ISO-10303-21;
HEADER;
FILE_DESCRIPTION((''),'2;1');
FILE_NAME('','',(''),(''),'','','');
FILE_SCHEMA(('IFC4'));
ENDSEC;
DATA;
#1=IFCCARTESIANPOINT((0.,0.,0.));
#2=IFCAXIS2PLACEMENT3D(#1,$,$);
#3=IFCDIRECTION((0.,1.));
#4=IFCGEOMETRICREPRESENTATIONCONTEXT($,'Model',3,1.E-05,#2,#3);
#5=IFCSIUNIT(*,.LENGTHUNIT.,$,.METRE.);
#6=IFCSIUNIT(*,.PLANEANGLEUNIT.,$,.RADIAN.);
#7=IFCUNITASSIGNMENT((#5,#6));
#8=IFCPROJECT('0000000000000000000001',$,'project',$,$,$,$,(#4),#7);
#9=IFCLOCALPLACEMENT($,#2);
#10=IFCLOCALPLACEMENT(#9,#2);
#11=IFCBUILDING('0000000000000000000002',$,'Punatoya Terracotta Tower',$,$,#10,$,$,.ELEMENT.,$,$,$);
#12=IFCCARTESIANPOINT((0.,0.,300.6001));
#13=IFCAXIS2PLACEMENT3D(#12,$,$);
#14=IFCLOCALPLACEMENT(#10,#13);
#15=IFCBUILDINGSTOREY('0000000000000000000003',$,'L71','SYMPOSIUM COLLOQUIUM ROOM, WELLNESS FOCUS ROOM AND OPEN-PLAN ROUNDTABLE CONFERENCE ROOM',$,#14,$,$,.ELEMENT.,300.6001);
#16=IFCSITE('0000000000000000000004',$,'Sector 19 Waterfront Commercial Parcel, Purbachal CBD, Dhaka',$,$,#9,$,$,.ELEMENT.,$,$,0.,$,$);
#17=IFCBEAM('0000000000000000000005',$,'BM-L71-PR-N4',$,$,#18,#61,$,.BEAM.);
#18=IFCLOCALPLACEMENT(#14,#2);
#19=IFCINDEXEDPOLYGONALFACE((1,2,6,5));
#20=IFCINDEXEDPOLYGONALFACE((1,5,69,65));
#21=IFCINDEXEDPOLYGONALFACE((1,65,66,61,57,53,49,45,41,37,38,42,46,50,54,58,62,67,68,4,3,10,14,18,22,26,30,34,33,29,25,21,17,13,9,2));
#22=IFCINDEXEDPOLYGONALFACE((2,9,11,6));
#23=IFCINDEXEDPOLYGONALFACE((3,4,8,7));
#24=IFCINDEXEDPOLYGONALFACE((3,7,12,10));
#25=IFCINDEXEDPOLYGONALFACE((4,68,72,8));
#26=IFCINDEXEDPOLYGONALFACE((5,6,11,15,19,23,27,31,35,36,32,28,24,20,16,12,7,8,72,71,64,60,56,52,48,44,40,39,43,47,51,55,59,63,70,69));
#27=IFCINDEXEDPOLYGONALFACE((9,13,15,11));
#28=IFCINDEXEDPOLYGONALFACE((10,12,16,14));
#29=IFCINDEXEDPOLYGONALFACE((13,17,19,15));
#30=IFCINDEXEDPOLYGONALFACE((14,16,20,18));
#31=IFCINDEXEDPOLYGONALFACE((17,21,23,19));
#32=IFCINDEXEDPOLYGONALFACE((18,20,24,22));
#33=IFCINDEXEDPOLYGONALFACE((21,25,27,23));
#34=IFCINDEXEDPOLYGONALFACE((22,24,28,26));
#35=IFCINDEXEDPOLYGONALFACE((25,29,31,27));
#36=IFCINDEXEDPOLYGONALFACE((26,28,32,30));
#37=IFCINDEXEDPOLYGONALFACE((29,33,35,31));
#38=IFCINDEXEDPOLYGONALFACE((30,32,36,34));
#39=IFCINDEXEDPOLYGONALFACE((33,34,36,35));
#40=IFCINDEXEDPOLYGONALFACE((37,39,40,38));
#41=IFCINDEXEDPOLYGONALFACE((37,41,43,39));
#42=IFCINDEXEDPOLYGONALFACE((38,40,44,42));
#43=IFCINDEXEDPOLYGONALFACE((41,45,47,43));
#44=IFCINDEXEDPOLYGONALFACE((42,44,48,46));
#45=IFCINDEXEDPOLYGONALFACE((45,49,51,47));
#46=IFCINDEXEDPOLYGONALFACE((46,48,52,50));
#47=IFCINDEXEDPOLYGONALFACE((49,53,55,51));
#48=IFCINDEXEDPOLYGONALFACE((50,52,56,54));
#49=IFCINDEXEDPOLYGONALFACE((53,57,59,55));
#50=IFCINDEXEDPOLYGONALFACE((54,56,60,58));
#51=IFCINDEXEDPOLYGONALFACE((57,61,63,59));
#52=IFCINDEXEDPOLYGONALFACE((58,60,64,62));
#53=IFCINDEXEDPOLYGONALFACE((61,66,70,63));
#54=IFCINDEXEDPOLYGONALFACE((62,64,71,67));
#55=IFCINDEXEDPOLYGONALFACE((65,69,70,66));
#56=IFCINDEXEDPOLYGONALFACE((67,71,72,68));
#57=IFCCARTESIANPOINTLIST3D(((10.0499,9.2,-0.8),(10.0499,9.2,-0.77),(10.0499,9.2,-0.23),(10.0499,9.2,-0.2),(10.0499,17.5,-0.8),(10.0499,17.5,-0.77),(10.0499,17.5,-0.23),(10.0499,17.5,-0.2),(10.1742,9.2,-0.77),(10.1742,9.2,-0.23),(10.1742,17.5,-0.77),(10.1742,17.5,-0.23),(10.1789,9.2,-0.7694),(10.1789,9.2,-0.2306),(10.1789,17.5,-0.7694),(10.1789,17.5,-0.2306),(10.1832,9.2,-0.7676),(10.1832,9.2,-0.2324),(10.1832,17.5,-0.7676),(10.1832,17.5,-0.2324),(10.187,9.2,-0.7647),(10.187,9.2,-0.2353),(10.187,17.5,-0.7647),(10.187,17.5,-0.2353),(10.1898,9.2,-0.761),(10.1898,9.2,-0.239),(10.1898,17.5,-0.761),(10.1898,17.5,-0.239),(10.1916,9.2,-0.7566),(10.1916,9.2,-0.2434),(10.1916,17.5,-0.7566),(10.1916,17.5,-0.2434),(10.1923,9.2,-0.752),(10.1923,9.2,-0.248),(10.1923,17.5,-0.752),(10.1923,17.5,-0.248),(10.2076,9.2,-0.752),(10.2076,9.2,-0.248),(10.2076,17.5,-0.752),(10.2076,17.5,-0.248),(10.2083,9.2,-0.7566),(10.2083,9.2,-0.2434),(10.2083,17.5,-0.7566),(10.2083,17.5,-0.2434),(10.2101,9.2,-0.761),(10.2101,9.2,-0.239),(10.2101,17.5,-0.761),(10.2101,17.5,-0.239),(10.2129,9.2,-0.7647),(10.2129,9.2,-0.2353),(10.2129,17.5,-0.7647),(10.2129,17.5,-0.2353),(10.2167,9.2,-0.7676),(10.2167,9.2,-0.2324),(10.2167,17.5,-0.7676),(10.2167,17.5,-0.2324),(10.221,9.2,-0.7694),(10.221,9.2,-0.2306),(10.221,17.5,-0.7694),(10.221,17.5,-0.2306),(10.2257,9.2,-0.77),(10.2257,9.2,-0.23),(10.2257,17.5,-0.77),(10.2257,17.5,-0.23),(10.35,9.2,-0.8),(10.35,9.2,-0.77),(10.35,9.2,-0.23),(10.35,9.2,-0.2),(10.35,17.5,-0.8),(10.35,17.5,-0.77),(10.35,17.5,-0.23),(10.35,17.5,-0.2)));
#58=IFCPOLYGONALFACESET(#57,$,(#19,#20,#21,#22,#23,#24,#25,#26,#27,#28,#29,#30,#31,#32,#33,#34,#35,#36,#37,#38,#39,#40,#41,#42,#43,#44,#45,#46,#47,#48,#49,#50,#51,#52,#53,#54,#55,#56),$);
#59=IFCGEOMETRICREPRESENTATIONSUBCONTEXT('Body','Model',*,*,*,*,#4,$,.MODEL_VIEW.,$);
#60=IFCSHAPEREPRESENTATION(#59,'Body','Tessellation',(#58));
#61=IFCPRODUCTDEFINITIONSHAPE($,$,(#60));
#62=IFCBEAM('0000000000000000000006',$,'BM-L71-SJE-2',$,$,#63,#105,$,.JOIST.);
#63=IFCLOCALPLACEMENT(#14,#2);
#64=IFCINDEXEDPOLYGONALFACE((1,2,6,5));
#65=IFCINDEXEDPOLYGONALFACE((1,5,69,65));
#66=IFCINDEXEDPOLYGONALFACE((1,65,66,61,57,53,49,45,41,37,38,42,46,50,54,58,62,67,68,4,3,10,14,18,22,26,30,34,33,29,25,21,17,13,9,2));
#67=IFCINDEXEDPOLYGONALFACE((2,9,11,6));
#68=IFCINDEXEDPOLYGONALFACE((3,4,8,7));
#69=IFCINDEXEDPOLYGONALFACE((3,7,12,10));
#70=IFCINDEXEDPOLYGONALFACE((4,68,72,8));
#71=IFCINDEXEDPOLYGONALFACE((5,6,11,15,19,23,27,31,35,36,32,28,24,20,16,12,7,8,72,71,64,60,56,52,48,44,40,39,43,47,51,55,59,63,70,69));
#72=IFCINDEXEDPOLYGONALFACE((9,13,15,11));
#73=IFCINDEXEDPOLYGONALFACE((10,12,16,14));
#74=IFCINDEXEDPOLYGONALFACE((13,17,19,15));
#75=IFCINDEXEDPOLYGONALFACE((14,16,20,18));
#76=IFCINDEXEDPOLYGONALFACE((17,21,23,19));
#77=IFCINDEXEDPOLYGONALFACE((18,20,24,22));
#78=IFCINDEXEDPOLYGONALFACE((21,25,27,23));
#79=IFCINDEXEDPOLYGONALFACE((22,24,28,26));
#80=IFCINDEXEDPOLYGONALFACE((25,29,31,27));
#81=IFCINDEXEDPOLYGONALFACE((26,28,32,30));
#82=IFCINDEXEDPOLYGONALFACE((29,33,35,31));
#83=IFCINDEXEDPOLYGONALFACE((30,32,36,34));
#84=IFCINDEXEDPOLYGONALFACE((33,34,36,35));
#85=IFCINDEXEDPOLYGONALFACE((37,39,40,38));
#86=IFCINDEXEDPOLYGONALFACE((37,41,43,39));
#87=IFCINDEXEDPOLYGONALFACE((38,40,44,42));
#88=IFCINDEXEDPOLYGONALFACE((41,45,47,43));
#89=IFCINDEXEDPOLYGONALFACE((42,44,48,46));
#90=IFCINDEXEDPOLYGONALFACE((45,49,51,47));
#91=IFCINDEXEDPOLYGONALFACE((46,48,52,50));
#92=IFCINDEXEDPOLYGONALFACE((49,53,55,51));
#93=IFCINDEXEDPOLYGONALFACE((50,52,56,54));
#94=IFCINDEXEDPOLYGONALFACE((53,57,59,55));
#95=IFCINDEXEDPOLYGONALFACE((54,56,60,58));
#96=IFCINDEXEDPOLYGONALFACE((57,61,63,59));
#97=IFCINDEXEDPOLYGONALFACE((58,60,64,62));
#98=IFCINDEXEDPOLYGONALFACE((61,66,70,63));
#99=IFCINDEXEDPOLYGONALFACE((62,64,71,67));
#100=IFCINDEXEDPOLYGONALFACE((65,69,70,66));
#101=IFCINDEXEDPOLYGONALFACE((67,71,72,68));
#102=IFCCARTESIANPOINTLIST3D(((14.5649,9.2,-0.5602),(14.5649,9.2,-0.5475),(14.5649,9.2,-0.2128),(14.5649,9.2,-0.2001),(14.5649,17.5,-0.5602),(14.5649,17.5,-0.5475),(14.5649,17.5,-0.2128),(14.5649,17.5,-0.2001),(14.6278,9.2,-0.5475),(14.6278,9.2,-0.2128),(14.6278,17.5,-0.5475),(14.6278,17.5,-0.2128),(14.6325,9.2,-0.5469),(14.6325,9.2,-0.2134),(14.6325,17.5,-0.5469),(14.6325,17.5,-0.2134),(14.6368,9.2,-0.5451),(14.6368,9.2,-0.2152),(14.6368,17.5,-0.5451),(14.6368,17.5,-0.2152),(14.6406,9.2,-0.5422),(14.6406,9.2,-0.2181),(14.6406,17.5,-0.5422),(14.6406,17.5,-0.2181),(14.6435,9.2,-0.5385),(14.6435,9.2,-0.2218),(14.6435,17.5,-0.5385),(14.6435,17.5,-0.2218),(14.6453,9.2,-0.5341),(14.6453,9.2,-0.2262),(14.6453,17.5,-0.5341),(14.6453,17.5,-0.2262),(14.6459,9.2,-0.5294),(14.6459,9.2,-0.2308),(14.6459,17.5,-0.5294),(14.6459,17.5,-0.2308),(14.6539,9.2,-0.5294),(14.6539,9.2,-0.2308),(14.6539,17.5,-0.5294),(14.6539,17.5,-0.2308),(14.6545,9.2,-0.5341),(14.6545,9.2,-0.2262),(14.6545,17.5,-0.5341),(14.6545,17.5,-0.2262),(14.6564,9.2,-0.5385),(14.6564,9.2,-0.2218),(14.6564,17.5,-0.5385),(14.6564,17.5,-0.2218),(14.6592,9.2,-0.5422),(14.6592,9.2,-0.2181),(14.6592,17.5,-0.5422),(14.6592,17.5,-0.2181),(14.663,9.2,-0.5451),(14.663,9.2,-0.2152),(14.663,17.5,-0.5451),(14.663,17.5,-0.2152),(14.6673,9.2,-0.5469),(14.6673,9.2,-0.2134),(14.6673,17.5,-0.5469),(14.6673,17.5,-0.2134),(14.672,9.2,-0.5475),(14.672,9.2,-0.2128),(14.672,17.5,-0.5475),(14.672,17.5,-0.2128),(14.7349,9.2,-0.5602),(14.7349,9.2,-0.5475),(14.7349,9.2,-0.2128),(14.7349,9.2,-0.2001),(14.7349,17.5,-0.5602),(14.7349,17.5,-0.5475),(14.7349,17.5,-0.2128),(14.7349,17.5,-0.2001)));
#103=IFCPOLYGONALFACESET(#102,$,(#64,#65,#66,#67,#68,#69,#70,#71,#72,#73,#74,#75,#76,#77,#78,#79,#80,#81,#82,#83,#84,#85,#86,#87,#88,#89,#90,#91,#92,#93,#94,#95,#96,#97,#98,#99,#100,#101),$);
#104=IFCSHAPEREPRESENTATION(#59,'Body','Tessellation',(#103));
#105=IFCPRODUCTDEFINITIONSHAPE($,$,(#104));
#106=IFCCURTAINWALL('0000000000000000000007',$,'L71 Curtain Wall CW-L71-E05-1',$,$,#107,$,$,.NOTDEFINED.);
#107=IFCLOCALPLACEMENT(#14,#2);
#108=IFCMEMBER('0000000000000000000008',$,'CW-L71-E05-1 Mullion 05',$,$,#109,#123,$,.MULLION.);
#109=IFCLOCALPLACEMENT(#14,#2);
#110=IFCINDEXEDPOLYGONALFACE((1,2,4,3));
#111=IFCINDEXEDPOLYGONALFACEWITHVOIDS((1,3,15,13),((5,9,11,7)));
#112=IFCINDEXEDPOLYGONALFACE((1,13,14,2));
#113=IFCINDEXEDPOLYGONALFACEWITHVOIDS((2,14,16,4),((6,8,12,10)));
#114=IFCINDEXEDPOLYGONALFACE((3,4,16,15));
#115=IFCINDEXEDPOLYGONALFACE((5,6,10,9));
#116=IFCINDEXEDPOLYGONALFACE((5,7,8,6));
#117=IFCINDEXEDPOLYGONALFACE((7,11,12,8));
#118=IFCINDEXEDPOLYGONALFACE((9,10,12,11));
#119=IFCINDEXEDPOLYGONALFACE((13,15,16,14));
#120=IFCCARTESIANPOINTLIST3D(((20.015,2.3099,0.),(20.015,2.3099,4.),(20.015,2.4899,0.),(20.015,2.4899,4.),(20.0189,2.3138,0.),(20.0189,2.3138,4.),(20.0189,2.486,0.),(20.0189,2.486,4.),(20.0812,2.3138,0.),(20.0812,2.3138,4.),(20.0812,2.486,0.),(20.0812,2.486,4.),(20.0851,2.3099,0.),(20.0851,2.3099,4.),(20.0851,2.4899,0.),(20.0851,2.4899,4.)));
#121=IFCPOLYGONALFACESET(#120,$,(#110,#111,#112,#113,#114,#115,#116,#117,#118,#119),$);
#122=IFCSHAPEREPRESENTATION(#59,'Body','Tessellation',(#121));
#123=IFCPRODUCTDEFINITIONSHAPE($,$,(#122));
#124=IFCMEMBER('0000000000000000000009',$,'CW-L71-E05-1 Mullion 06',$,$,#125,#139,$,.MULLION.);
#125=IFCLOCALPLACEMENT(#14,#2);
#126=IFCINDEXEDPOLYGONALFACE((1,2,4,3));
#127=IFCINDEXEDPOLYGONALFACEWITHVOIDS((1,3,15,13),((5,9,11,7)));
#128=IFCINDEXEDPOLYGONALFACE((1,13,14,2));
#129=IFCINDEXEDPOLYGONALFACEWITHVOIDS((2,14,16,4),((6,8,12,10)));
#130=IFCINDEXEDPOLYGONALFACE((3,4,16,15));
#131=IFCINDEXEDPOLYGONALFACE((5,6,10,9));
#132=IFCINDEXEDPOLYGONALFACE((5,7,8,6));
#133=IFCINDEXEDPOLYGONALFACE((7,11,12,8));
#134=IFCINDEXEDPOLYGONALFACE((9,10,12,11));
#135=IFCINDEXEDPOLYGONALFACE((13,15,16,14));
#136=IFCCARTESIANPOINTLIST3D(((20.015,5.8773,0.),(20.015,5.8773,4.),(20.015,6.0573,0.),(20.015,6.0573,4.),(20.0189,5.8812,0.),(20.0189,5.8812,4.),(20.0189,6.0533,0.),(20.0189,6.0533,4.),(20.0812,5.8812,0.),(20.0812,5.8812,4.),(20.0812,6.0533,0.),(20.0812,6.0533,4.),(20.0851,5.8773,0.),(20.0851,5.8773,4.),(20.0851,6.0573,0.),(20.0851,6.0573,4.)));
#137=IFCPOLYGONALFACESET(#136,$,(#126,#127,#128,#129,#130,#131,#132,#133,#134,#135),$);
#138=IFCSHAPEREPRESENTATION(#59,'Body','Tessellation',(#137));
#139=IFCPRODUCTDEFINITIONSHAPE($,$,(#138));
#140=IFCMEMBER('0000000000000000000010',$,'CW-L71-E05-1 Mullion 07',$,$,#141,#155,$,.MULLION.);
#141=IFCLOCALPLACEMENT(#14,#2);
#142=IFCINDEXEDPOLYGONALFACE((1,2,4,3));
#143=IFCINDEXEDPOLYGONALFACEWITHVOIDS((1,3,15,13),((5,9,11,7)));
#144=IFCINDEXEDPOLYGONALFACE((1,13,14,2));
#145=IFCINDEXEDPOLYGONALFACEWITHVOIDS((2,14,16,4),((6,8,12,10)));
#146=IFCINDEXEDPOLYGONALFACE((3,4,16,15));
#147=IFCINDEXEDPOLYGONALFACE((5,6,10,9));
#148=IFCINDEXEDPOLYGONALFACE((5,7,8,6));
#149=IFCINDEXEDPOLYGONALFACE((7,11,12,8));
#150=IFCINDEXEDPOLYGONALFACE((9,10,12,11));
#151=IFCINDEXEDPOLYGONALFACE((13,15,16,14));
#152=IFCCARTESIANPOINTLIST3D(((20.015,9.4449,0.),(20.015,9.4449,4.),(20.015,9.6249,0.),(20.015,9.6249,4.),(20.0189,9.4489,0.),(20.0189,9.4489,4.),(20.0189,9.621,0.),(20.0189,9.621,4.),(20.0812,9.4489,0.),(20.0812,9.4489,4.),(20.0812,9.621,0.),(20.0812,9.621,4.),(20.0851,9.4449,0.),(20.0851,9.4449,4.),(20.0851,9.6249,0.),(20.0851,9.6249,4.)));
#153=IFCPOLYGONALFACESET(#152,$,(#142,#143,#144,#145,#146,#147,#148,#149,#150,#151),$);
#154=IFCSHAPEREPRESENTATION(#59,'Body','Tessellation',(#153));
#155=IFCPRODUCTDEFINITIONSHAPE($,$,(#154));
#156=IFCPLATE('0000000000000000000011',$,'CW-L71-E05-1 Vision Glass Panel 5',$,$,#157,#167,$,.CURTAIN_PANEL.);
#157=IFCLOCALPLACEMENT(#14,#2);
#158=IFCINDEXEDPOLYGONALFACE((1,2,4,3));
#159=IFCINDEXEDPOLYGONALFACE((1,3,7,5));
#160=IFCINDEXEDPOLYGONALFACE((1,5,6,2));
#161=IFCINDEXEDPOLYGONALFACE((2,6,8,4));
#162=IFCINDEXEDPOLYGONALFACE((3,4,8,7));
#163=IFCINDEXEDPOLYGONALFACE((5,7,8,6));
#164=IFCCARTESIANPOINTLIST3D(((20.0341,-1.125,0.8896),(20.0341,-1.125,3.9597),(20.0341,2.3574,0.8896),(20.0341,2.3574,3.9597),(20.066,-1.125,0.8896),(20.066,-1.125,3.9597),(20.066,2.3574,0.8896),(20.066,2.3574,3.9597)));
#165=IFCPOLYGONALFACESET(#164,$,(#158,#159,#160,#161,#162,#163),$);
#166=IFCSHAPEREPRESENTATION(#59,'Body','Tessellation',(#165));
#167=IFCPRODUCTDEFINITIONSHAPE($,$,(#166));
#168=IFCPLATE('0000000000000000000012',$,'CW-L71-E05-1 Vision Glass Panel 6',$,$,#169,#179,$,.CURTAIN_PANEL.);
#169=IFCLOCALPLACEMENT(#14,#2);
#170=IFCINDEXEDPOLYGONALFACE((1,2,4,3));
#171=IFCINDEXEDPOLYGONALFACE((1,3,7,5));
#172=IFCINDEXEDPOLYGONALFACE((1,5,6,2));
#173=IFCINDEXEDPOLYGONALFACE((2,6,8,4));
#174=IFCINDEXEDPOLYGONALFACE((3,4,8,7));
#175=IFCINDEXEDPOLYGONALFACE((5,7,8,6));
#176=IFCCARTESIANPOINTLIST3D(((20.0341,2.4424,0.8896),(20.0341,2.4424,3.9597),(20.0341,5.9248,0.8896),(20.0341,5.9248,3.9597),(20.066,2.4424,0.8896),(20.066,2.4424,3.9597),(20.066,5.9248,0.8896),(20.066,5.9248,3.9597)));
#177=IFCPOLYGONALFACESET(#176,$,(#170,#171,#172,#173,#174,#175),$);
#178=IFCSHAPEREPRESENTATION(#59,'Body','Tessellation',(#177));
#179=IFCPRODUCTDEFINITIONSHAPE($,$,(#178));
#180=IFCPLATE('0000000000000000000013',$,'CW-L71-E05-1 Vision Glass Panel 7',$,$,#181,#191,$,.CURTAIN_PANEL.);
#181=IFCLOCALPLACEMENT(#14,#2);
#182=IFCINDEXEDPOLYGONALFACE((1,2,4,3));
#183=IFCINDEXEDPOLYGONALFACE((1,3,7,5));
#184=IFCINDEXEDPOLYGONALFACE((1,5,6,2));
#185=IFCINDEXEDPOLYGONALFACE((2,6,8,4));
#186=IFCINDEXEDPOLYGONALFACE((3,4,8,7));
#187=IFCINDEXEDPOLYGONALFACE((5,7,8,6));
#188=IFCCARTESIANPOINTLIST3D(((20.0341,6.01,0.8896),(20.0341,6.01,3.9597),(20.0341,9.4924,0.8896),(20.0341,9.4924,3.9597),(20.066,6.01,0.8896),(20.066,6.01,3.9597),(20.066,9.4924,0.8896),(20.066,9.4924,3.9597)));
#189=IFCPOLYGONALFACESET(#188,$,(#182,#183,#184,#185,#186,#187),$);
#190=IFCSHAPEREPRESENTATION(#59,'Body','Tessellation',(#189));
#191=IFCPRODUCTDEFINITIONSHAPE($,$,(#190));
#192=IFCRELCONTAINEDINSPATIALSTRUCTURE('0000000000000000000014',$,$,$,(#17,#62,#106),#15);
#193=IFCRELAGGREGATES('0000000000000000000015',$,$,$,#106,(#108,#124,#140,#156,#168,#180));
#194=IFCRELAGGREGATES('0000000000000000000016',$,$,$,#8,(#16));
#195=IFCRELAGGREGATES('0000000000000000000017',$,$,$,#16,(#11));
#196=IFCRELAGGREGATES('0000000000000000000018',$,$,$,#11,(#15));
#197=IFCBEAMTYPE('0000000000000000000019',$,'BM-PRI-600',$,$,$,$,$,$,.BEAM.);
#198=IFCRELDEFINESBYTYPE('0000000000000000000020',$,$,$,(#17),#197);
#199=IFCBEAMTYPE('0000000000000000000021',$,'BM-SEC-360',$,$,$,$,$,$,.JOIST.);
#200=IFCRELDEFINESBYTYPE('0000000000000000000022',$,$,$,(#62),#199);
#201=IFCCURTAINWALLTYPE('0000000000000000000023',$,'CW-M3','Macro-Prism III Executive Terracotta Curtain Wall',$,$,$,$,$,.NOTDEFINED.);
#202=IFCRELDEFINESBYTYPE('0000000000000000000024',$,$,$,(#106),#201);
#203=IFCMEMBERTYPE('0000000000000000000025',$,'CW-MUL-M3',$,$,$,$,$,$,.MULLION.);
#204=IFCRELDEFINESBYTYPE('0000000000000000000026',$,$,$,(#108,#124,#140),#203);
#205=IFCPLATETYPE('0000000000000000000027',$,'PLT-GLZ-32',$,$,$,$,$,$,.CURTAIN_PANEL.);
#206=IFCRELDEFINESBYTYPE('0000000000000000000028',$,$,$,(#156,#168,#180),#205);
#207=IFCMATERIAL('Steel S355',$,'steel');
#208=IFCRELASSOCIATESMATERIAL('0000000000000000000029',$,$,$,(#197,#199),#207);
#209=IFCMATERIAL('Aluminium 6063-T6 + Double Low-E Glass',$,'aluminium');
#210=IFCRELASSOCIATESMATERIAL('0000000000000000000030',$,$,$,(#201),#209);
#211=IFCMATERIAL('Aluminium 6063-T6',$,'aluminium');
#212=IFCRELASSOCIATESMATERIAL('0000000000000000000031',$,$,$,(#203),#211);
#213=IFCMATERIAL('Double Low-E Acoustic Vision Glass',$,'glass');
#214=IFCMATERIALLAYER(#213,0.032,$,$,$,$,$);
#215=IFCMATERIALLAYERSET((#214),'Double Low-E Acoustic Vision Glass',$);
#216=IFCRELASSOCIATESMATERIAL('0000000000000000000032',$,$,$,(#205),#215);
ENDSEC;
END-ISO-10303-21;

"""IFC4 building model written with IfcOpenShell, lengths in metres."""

from ifc_helpers import new_model, si_unit, direction, frame, origin, origin_2d, place, context, subcontext, project, spatial, rectangle, hollow_rectangle, i_section, extrude, material, layer, layer_set, material_profile, profile_set, type_object, element, aggregate, save


model = new_model("IFC4")

# Units and contexts
model_context = context("Model", 3, precision=1e-05, world=origin(), true_north=direction((0.0, 1.0)))
body_context = subcontext(model_context, "Body", "Model", "MODEL_VIEW")
ifc_project = project(units=[si_unit("LENGTHUNIT", "METRE"), si_unit("PLANEANGLEUNIT", "RADIAN")], contexts=[model_context])

# Site, building, storey
site_placement = place(None, origin())
site = spatial("IfcSite", under=ifc_project, at=site_placement, Name="Sector 19 Waterfront Commercial Parcel, Purbachal CBD, Dhaka", CompositionType="ELEMENT", RefElevation=0.0)
building_placement = place(site_placement, origin())
building = spatial("IfcBuilding", under=site, at=building_placement, Name="Punatoya Terracotta Tower", CompositionType="ELEMENT")
storey_placement = place(building_placement, frame((0.0, 0.0, 300.6001)))
storey = spatial("IfcBuildingStorey", under=building, at=storey_placement, Name="L71", Description="SYMPOSIUM COLLOQUIUM ROOM, WELLNESS FOCUS ROOM AND OPEN-PLAN ROUNDTABLE CONFERENCE ROOM", CompositionType="ELEMENT", Elevation=300.6001)

# Beams
ifc_material_1 = material(Name="Steel S355", Category="steel")
ifc_material_profile_1 = material_profile(ifc_material_1, i_section(OverallWidth=0.3, OverallDepth=0.6001, WebThickness=0.0154, FlangeThickness=0.03, FilletRadius=0.0181, at=origin_2d()))
ifc_profile_set_1 = profile_set([ifc_material_profile_1], Name="Steel S355")
beam_type_1 = type_object("IfcBeamType", Name="BM-PRI-600", PredefinedType="BEAM", material=ifc_profile_set_1)
beam_1_placement = place(storey_placement, frame((10.2, 9.2, -0.5), z_axis=(0.0, 1.0, 0.0), x_axis=(-1.0, 0.0, 0.0)))
element("IfcBeam", 1, at=beam_1_placement, inside=storey, type_object=beam_type_1, Name="BM-L71-PR-N4", PredefinedType="BEAM", context=body_context, shape_type="SweptSolid", body=[
    extrude(i_section(OverallWidth=0.3, OverallDepth=0.6001, WebThickness=0.0154, FlangeThickness=0.03, FilletRadius=0.0181, at=origin_2d()), origin(), (0.0, 0.0, 1.0), 8.3),
])
ifc_material_profile_2 = material_profile(ifc_material_1, i_section(OverallWidth=0.1699, OverallDepth=0.3601, WebThickness=0.0081, FlangeThickness=0.0127, FilletRadius=0.0181, at=origin_2d()))
ifc_profile_set_2 = profile_set([ifc_material_profile_2], Name="Steel S355")
beam_type_2 = type_object("IfcBeamType", Name="BM-SEC-360", PredefinedType="JOIST", material=ifc_profile_set_2)
beam_2_placement = place(storey_placement, frame((14.6499, 9.2, -0.3801), z_axis=(0.0, 1.0, 0.0), x_axis=(-1.0, 0.0, 0.0)))
element("IfcBeam", 2, at=beam_2_placement, inside=storey, type_object=beam_type_2, Name="BM-L71-SJE-2", PredefinedType="JOIST", context=body_context, shape_type="SweptSolid", body=[
    extrude(i_section(OverallWidth=0.1699, OverallDepth=0.3601, WebThickness=0.0081, FlangeThickness=0.0127, FilletRadius=0.0181, at=origin_2d()), origin(), (0.0, 0.0, 1.0), 8.3),
])

# Curtain wall, members, plates
ifc_material_2 = material(Name="Aluminium 6063-T6 + Double Low-E Glass", Category="aluminium")
curtain_wall_type = type_object("IfcCurtainWallType", Name="CW-M3", Description="Macro-Prism III Executive Terracotta Curtain Wall", PredefinedType="NOTDEFINED", material=ifc_material_2)
curtain_wall_placement = place(storey_placement, origin())
curtain_wall = element("IfcCurtainWall", 3, at=curtain_wall_placement, inside=storey, type_object=curtain_wall_type, Name="L71 Curtain Wall CW-L71-E05-1", PredefinedType="NOTDEFINED")
ifc_material_3 = material(Name="Aluminium 6063-T6", Category="aluminium")
ifc_material_profile_3 = material_profile(ifc_material_3, hollow_rectangle(XDim=0.0701, YDim=0.1799, WallThickness=0.0039, at=origin_2d()))
ifc_profile_set_3 = profile_set([ifc_material_profile_3], Name="Aluminium 6063-T6")
member_type = type_object("IfcMemberType", Name="CW-MUL-M3", PredefinedType="MULLION", material=ifc_profile_set_3)
member_1_placement = place(storey_placement, frame((20.05, 2.3999, 0.0), z_axis=(0.0, 0.0, 1.0), x_axis=(1.0, 0.0, 0.0)))
member_1 = element("IfcMember", 4, at=member_1_placement, type_object=member_type, Name="CW-L71-E05-1 Mullion 05", PredefinedType="MULLION", context=body_context, shape_type="SweptSolid", body=[
    extrude(hollow_rectangle(XDim=0.0701, YDim=0.1799, WallThickness=0.0039, at=origin_2d()), origin(), (0.0, 0.0, 1.0), 4.0),
])
member_2_placement = place(storey_placement, frame((20.05, 5.9673, 0.0), z_axis=(0.0, 0.0, 1.0), x_axis=(1.0, 0.0, 0.0)))
member_2 = element("IfcMember", 5, at=member_2_placement, type_object=member_type, Name="CW-L71-E05-1 Mullion 06", PredefinedType="MULLION", context=body_context, shape_type="SweptSolid", body=[
    extrude(hollow_rectangle(XDim=0.0701, YDim=0.1799, WallThickness=0.0039, at=origin_2d()), origin(), (0.0, 0.0, 1.0), 4.0),
])
member_3_placement = place(storey_placement, frame((20.05, 9.5349, 0.0), z_axis=(0.0, 0.0, 1.0), x_axis=(1.0, 0.0, 0.0)))
member_3 = element("IfcMember", 6, at=member_3_placement, type_object=member_type, Name="CW-L71-E05-1 Mullion 07", PredefinedType="MULLION", context=body_context, shape_type="SweptSolid", body=[
    extrude(hollow_rectangle(XDim=0.0701, YDim=0.1799, WallThickness=0.0039, at=origin_2d()), origin(), (0.0, 0.0, 1.0), 4.0),
])
ifc_material_4 = material(Name="Double Low-E Acoustic Vision Glass", Category="glass")
ifc_layer_1 = layer(ifc_material_4, 0.032)
ifc_layer_set_1 = layer_set([ifc_layer_1], Name="Double Low-E Acoustic Vision Glass")
plate_type_1 = type_object("IfcPlateType", Name="PLT-GLZ-32", PredefinedType="CURTAIN_PANEL", material=ifc_layer_set_1)
plate_1_placement = place(storey_placement, frame((20.05, 0.6162, 0.8896), z_axis=(0.0, 0.0, 1.0), x_axis=(0.0, 1.0, 0.0)))
plate_1 = element("IfcPlate", 7, at=plate_1_placement, type_object=plate_type_1, Name="CW-L71-E05-1 Vision Glass Panel 5", PredefinedType="CURTAIN_PANEL", context=body_context, shape_type="SweptSolid", body=[
    extrude(rectangle(XDim=3.4824, YDim=0.032, at=origin_2d()), origin(), (0.0, 0.0, 1.0), 3.0701),
])
plate_2_placement = place(storey_placement, frame((20.05, 4.1836, 0.8896), z_axis=(0.0, 0.0, 1.0), x_axis=(0.0, 1.0, 0.0)))
plate_2 = element("IfcPlate", 8, at=plate_2_placement, type_object=plate_type_1, Name="CW-L71-E05-1 Vision Glass Panel 6", PredefinedType="CURTAIN_PANEL", context=body_context, shape_type="SweptSolid", body=[
    extrude(rectangle(XDim=3.4824, YDim=0.032, at=origin_2d()), origin(), (0.0, 0.0, 1.0), 3.0701),
])
plate_3_placement = place(storey_placement, frame((20.05, 7.7512, 0.8896), z_axis=(0.0, 0.0, 1.0), x_axis=(0.0, 1.0, 0.0)))
plate_3 = element("IfcPlate", 9, at=plate_3_placement, type_object=plate_type_1, Name="CW-L71-E05-1 Vision Glass Panel 7", PredefinedType="CURTAIN_PANEL", context=body_context, shape_type="SweptSolid", body=[
    extrude(rectangle(XDim=3.4824, YDim=0.032, at=origin_2d()), origin(), (0.0, 0.0, 1.0), 3.0701),
])
aggregate(curtain_wall, [member_1, member_2, member_3, plate_1, plate_2, plate_3])

save(model, "model.ifc")
